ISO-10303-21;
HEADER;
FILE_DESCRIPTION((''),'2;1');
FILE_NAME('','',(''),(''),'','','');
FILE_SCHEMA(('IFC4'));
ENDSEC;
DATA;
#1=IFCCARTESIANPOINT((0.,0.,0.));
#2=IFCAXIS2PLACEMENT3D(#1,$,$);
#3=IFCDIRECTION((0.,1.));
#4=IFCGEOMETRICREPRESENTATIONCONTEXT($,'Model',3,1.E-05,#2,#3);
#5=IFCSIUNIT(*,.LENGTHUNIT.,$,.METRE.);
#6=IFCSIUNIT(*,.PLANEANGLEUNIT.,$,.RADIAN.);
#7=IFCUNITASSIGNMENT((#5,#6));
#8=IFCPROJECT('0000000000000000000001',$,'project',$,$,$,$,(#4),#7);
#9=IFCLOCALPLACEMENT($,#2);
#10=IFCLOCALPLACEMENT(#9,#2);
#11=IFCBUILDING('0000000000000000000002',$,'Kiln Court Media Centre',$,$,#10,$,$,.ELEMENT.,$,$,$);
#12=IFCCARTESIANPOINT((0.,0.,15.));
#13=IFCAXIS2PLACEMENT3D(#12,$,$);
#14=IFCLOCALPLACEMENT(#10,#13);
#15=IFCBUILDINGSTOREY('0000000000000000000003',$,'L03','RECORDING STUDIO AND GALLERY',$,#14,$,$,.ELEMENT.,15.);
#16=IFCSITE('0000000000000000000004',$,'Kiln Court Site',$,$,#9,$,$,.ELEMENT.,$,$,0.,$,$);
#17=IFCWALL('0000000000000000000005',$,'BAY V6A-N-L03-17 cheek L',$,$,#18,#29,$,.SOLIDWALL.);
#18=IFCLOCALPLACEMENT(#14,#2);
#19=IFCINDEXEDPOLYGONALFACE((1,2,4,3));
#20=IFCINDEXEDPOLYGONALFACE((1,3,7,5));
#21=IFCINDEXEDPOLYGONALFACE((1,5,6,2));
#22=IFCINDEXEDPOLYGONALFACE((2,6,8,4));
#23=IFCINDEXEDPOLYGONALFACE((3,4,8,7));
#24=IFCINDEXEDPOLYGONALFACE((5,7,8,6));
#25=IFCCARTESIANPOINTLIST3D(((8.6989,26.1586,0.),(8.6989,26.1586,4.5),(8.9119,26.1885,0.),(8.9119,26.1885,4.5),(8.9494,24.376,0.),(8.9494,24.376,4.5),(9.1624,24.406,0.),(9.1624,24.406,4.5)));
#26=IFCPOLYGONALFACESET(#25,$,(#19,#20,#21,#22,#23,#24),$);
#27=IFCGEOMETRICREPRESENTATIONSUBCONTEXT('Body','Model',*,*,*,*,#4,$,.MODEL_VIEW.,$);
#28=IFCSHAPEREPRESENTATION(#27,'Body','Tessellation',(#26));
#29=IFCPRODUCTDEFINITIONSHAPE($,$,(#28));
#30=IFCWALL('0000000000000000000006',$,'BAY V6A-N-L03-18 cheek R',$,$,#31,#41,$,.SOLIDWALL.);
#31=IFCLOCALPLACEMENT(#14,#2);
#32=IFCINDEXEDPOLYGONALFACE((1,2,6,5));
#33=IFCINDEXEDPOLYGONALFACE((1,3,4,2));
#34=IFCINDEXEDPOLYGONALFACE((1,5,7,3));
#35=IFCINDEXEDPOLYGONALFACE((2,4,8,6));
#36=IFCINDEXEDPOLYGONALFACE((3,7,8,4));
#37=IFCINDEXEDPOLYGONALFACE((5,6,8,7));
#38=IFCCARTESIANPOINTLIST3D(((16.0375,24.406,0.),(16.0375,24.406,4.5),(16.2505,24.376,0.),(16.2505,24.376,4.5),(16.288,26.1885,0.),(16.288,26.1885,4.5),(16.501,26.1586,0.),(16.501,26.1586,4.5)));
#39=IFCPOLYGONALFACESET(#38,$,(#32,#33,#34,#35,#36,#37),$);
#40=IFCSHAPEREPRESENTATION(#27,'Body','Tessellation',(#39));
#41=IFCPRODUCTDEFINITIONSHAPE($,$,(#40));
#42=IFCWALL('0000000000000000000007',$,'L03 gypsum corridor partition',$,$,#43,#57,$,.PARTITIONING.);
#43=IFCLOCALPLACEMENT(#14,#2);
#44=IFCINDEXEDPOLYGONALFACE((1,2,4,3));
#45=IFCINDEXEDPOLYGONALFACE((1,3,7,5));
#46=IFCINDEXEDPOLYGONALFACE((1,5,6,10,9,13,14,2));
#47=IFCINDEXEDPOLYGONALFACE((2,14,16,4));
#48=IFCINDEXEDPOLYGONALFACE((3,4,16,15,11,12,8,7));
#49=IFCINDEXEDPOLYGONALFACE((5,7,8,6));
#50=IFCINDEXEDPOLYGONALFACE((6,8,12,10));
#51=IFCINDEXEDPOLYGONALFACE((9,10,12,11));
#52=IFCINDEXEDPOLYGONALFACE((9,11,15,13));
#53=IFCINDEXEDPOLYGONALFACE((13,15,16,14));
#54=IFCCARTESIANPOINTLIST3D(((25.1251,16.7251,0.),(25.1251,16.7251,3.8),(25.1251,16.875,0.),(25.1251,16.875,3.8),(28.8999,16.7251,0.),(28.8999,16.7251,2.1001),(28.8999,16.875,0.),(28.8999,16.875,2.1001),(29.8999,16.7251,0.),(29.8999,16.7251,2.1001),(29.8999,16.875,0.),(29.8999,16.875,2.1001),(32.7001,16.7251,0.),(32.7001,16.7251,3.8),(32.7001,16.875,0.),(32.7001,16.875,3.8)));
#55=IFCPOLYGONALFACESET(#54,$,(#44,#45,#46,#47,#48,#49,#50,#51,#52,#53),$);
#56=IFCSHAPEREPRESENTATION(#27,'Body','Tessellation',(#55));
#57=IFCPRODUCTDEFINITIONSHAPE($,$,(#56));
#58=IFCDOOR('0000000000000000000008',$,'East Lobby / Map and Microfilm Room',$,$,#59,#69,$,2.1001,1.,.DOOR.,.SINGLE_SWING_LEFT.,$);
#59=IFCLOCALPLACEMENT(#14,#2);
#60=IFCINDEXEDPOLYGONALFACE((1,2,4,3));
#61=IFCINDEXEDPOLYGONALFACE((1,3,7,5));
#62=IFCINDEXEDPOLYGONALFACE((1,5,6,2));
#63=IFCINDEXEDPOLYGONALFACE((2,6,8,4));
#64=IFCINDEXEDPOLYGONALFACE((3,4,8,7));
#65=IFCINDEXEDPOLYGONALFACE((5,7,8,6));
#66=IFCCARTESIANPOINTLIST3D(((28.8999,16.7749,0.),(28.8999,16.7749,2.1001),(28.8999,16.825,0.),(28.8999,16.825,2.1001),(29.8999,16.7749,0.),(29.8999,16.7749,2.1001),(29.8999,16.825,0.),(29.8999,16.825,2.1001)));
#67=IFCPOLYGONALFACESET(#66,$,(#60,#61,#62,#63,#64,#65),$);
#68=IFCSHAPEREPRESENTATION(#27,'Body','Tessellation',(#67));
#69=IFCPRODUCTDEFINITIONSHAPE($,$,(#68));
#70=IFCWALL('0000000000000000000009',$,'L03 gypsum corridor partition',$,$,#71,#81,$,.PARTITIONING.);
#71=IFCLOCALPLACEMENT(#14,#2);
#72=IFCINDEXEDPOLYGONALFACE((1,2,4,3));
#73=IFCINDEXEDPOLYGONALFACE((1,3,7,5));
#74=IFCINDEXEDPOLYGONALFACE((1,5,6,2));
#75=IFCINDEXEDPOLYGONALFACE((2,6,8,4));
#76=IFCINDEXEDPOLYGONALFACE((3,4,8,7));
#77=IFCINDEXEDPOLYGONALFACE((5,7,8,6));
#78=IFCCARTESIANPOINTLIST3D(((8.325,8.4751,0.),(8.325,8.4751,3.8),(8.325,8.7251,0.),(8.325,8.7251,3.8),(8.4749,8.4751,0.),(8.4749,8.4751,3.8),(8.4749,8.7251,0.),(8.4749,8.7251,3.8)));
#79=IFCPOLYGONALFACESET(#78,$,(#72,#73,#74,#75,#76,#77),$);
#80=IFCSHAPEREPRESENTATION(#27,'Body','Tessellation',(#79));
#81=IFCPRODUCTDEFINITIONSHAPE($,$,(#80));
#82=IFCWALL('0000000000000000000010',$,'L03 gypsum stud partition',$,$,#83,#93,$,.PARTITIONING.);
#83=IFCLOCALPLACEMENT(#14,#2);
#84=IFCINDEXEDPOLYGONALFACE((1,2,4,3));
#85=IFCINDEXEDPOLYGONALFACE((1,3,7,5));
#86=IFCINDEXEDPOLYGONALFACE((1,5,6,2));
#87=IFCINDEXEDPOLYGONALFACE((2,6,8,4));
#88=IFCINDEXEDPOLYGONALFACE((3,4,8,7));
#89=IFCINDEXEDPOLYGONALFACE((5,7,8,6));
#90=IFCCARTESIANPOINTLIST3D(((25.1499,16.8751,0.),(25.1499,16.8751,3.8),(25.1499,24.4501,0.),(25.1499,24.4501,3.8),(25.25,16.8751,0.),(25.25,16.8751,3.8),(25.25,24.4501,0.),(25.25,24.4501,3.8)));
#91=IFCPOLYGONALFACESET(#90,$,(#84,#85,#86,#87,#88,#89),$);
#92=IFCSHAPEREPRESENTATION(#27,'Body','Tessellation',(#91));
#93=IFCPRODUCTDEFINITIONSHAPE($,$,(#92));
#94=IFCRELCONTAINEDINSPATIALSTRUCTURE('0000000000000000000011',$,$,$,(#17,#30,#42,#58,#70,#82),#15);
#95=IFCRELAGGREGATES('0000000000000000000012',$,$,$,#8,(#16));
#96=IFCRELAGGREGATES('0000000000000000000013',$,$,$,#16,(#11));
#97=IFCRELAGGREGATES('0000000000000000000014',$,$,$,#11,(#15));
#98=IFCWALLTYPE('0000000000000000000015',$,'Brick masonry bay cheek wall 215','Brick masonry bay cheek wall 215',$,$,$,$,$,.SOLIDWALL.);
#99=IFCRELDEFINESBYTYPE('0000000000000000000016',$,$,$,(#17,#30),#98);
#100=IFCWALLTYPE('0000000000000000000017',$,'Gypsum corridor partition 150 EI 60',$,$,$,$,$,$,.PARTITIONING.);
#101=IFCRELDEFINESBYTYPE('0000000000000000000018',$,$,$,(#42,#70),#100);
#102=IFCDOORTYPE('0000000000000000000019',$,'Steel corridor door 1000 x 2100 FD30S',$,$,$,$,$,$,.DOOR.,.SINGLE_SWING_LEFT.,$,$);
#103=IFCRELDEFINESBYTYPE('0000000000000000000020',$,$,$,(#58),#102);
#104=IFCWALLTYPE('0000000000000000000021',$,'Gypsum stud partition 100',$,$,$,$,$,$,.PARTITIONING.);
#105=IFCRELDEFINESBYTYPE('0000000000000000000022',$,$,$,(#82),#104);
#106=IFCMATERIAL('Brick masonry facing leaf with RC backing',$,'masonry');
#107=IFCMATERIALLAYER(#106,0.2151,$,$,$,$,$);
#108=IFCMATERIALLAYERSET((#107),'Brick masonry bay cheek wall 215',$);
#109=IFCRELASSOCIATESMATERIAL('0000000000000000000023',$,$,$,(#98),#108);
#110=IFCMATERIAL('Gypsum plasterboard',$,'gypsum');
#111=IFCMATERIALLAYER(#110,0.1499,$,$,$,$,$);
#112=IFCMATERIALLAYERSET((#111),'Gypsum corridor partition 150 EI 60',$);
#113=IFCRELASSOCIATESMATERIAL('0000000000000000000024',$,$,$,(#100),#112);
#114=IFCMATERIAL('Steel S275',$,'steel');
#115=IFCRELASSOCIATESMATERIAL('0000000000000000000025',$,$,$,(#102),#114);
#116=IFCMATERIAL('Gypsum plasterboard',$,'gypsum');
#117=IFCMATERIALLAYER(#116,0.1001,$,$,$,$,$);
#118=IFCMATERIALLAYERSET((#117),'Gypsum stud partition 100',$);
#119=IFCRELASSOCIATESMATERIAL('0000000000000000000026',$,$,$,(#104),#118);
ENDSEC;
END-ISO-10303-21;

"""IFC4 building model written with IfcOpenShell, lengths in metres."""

from ifc_helpers import new_model, si_unit, direction, frame, frame_2d, origin, place, context, subcontext, project, spatial, rectangle, extrude, material, layer, layer_set, type_object, element, fill, save


model = new_model("IFC4")

# Units and contexts
model_context = context("Model", 3, precision=1e-05, world=origin(), true_north=direction((0.0, 1.0)))
body_context = subcontext(model_context, "Body", "Model", "MODEL_VIEW")
ifc_project = project(units=[si_unit("LENGTHUNIT", "METRE"), si_unit("PLANEANGLEUNIT", "RADIAN")], contexts=[model_context])

# Site, building, storey
site_placement = place(None, origin())
site = spatial("IfcSite", under=ifc_project, at=site_placement, Name="Kiln Court Site", CompositionType="ELEMENT", RefElevation=0.0)
building_placement = place(site_placement, origin())
building = spatial("IfcBuilding", under=site, at=building_placement, Name="Kiln Court Media Centre", CompositionType="ELEMENT")
storey_placement = place(building_placement, frame((0.0, 0.0, 15.0)))
storey = spatial("IfcBuildingStorey", under=building, at=storey_placement, Name="L03", Description="RECORDING STUDIO AND GALLERY", CompositionType="ELEMENT", Elevation=15.0)

# Walls
ifc_material_1 = material(Name="Brick masonry facing leaf with RC backing", Category="masonry")
ifc_layer_1 = layer(ifc_material_1, 0.2151)
ifc_layer_set_1 = layer_set([ifc_layer_1], Name="Brick masonry bay cheek wall 215")
wall_type_1 = type_object("IfcWallType", Name="Brick masonry bay cheek wall 215", Description="Brick masonry bay cheek wall 215", PredefinedType="SOLIDWALL", material=ifc_layer_set_1)
for number, where, z_axis, x_axis, name in (
    (1, (9.0559, 24.3911, 0.0), (0.0, 0.0, 1.0), (-0.139161, 0.99027, 0.0), "BAY V6A-N-L03-17 cheek L"),
    (2, (16.144, 24.3911, 0.0), (0.0, 0.0, 1.0), (0.139161, 0.99027, 0.0), "BAY V6A-N-L03-18 cheek R"),
):
    element("IfcWall", number, at=place(storey_placement, frame(where, z_axis=z_axis, x_axis=x_axis)), inside=storey, type_object=wall_type_1, Name=name, PredefinedType="SOLIDWALL", context=body_context, shape_type="SweptSolid", body=[
        extrude(rectangle(XDim=1.8, YDim=0.2151, at=frame_2d((0.8999, 0.0))), origin(), (0.0, 0.0, 1.0), 4.5),
    ])

# Wall, opening, door
ifc_material_2 = material(Name="Gypsum plasterboard", Category="gypsum")
ifc_layer_2 = layer(ifc_material_2, 0.1499)
ifc_layer_set_2 = layer_set([ifc_layer_2], Name="Gypsum corridor partition 150 EI 60")
wall_type_2 = type_object("IfcWallType", Name="Gypsum corridor partition 150 EI 60", PredefinedType="PARTITIONING", material=ifc_layer_set_2)
wall_1_placement = place(storey_placement, frame((25.125, 16.8, 0.0), z_axis=(0.0, 0.0, 1.0), x_axis=(1.0, 0.0, 0.0)))
wall_1 = element("IfcWall", 3, at=wall_1_placement, inside=storey, type_object=wall_type_2, Name="L03 gypsum corridor partition", PredefinedType="PARTITIONING", context=body_context, shape_type="SweptSolid", body=[
    extrude(rectangle(XDim=7.575, YDim=0.1499, at=frame_2d((3.7876, 0.0))), origin(), (0.0, 0.0, 1.0), 3.8),
])
opening_placement = place(wall_1_placement, frame((3.7749, 0.0, 0.0)))
opening = element("IfcOpeningElement", 4, at=opening_placement, cuts=wall_1, PredefinedType="OPENING", context=body_context, shape_type="SweptSolid", body=[
    extrude(rectangle(XDim=1.0, YDim=2.1001, at=frame_2d((0.5, 1.05))), frame((0.0, 0.085, 0.0), z_axis=(0.0, -1.0, 0.0), x_axis=(1.0, 0.0, 0.0)), (0.0, 0.0, 1.0), 0.1699),
])
ifc_material_3 = material(Name="Steel S275", Category="steel")
door_type = type_object("IfcDoorType", Name="Steel corridor door 1000 x 2100 FD30S", OperationType="SINGLE_SWING_LEFT", PredefinedType="DOOR", material=ifc_material_3)
door_placement = place(opening_placement, origin())
door = element("IfcDoor", 5, at=door_placement, inside=storey, type_object=door_type, Name="East Lobby / Map and Microfilm Room", OperationType="SINGLE_SWING_LEFT", OverallHeight=2.1001, OverallWidth=1.0, PredefinedType="DOOR", context=body_context, shape_type="SweptSolid", body=[
    extrude(rectangle(XDim=1.0, YDim=2.1001, at=frame_2d((0.5, 1.05))), frame((0.0, 0.0249, 0.0), z_axis=(0.0, -1.0, 0.0), x_axis=(1.0, 0.0, 0.0)), (0.0, 0.0, 1.0), 0.05),
])
fill(opening, door)

# Walls
wall_2_placement = place(storey_placement, frame((8.3999, 8.4751, 0.0), z_axis=(0.0, 0.0, 1.0), x_axis=(0.0, 1.0, 0.0)))
element("IfcWall", 6, at=wall_2_placement, inside=storey, type_object=wall_type_2, Name="L03 gypsum corridor partition", PredefinedType="PARTITIONING", context=body_context, shape_type="SweptSolid", body=[
    extrude(rectangle(XDim=0.25, YDim=0.1499, at=frame_2d((0.125, 0.0))), origin(), (0.0, 0.0, 1.0), 3.8),
])
ifc_material_4 = material(Name="Gypsum plasterboard", Category="gypsum")
ifc_layer_3 = layer(ifc_material_4, 0.1001)
ifc_layer_set_3 = layer_set([ifc_layer_3], Name="Gypsum stud partition 100")
wall_type_3 = type_object("IfcWallType", Name="Gypsum stud partition 100", PredefinedType="PARTITIONING", material=ifc_layer_set_3)
wall_3_placement = place(storey_placement, frame((25.2, 16.875, 0.0), z_axis=(0.0, 0.0, 1.0), x_axis=(0.0, 1.0, 0.0)))
element("IfcWall", 7, at=wall_3_placement, inside=storey, type_object=wall_type_3, Name="L03 gypsum stud partition", PredefinedType="PARTITIONING", context=body_context, shape_type="SweptSolid", body=[
    extrude(rectangle(XDim=7.575, YDim=0.1001, at=frame_2d((3.7876, 0.0))), origin(), (0.0, 0.0, 1.0), 3.8),
])

save(model, "model.ifc")
